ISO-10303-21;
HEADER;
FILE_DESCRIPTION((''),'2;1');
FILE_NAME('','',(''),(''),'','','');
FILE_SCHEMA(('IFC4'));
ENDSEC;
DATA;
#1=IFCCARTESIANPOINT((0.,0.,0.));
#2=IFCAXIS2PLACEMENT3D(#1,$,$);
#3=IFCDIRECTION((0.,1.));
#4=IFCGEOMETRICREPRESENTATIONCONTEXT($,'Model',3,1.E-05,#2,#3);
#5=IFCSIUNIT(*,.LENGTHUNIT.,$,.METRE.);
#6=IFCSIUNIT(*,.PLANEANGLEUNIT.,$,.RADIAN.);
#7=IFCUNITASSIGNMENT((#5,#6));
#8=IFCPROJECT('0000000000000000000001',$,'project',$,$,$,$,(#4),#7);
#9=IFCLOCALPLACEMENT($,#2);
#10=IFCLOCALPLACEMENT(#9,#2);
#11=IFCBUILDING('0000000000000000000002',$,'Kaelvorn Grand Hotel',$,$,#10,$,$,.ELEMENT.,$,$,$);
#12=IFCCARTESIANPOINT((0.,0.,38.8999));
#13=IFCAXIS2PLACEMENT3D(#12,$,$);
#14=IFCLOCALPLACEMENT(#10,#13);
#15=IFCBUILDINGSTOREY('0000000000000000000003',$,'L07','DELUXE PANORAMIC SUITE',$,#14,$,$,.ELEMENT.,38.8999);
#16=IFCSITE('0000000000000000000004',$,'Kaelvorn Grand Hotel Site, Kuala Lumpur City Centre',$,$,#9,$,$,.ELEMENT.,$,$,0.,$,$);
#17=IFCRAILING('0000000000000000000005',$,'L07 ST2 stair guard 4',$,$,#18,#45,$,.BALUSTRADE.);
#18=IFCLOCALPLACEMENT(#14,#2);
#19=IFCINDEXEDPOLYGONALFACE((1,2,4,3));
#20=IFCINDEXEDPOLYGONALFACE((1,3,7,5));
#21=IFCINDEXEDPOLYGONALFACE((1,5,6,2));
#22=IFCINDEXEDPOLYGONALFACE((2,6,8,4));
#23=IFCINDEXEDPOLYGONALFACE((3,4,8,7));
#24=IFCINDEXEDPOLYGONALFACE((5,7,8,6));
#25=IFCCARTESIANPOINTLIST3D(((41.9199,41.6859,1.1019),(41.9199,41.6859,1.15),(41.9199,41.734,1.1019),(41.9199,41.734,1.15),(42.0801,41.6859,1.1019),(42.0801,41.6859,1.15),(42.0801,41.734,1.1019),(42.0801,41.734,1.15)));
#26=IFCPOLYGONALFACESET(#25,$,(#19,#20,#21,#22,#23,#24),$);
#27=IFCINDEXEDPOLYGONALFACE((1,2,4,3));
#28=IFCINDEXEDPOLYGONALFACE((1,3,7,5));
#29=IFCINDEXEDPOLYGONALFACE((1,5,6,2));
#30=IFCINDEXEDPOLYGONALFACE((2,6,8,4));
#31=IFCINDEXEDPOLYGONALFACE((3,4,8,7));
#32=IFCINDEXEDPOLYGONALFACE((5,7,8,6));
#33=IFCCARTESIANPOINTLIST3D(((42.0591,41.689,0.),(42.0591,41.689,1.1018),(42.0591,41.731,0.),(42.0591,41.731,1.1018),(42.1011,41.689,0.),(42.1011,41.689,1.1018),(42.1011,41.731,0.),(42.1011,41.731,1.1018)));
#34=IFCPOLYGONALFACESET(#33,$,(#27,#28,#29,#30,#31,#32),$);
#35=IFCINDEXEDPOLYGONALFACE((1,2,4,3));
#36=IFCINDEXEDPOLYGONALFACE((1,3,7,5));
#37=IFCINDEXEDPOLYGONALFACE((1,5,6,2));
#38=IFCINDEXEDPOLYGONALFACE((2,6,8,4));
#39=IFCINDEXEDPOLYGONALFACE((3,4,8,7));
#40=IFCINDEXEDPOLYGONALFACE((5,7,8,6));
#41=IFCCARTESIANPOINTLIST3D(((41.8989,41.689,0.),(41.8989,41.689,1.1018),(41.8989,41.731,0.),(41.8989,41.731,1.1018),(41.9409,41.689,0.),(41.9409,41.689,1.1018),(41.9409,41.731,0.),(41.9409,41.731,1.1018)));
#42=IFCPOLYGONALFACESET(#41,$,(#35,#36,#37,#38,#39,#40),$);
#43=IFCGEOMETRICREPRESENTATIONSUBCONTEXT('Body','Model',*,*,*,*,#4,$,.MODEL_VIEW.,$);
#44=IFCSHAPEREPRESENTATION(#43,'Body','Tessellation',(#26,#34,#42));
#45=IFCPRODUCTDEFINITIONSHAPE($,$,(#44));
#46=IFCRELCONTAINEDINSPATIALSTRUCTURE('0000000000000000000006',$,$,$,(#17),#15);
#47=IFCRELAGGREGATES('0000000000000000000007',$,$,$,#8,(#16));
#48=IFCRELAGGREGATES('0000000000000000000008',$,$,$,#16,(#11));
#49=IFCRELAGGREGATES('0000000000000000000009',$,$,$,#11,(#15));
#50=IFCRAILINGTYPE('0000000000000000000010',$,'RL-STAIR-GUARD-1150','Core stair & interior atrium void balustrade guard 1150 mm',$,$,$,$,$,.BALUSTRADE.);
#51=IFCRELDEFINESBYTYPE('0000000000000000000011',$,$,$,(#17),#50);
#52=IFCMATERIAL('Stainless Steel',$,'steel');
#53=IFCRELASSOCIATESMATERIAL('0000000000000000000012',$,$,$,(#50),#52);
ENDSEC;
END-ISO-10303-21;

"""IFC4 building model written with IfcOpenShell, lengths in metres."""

from ifc_helpers import new_model, si_unit, direction, frame, origin, origin_2d, place, context, subcontext, project, spatial, rectangle, extrude, material, type_object, element, save


model = new_model("IFC4")

# Units and contexts
model_context = context("Model", 3, precision=1e-05, world=origin(), true_north=direction((0.0, 1.0)))
body_context = subcontext(model_context, "Body", "Model", "MODEL_VIEW")
ifc_project = project(units=[si_unit("LENGTHUNIT", "METRE"), si_unit("PLANEANGLEUNIT", "RADIAN")], contexts=[model_context])

# Site, building, storey
site_placement = place(None, origin())
site = spatial("IfcSite", under=ifc_project, at=site_placement, Name="Kaelvorn Grand Hotel Site, Kuala Lumpur City Centre", CompositionType="ELEMENT", RefElevation=0.0)
building_placement = place(site_placement, origin())
building = spatial("IfcBuilding", under=site, at=building_placement, Name="Kaelvorn Grand Hotel", CompositionType="ELEMENT")
storey_placement = place(building_placement, frame((0.0, 0.0, 38.8999)))
storey = spatial("IfcBuildingStorey", under=building, at=storey_placement, Name="L07", Description="DELUXE PANORAMIC SUITE", CompositionType="ELEMENT", Elevation=38.8999)

# Shared definitions
ifc_material_1 = material(Name="Stainless Steel", Category="steel")

# Railing
railing_type_1 = type_object("IfcRailingType", Name="RL-STAIR-GUARD-1150", Description="Core stair & interior atrium void balustrade guard 1150 mm", PredefinedType="BALUSTRADE", material=ifc_material_1)
railing_1_placement = place(storey_placement, frame((42.0801, 41.71, 0.0)))
element("IfcRailing", 1, at=railing_1_placement, inside=storey, type_object=railing_type_1, Name="L07 ST2 stair guard 4", PredefinedType="BALUSTRADE", context=body_context, shape_type="SweptSolid", body=[
    extrude(rectangle(XDim=0.0481, YDim=0.0481, at=origin_2d()), frame((0.0, 0.0, 1.126), z_axis=(-1.0, 0.0, 0.0), x_axis=(0.0, -1.0, 0.0)), (0.0, 0.0, 1.0), 0.1602),
    extrude(rectangle(XDim=0.042, YDim=0.042, at=origin_2d()), origin(), (0.0, 0.0, 1.0), 1.1018),
    extrude(rectangle(XDim=0.042, YDim=0.042, at=origin_2d()), frame((-0.1602, 0.0, 0.0)), (0.0, 0.0, 1.0), 1.1018),
])

save(model, "model.ifc")
